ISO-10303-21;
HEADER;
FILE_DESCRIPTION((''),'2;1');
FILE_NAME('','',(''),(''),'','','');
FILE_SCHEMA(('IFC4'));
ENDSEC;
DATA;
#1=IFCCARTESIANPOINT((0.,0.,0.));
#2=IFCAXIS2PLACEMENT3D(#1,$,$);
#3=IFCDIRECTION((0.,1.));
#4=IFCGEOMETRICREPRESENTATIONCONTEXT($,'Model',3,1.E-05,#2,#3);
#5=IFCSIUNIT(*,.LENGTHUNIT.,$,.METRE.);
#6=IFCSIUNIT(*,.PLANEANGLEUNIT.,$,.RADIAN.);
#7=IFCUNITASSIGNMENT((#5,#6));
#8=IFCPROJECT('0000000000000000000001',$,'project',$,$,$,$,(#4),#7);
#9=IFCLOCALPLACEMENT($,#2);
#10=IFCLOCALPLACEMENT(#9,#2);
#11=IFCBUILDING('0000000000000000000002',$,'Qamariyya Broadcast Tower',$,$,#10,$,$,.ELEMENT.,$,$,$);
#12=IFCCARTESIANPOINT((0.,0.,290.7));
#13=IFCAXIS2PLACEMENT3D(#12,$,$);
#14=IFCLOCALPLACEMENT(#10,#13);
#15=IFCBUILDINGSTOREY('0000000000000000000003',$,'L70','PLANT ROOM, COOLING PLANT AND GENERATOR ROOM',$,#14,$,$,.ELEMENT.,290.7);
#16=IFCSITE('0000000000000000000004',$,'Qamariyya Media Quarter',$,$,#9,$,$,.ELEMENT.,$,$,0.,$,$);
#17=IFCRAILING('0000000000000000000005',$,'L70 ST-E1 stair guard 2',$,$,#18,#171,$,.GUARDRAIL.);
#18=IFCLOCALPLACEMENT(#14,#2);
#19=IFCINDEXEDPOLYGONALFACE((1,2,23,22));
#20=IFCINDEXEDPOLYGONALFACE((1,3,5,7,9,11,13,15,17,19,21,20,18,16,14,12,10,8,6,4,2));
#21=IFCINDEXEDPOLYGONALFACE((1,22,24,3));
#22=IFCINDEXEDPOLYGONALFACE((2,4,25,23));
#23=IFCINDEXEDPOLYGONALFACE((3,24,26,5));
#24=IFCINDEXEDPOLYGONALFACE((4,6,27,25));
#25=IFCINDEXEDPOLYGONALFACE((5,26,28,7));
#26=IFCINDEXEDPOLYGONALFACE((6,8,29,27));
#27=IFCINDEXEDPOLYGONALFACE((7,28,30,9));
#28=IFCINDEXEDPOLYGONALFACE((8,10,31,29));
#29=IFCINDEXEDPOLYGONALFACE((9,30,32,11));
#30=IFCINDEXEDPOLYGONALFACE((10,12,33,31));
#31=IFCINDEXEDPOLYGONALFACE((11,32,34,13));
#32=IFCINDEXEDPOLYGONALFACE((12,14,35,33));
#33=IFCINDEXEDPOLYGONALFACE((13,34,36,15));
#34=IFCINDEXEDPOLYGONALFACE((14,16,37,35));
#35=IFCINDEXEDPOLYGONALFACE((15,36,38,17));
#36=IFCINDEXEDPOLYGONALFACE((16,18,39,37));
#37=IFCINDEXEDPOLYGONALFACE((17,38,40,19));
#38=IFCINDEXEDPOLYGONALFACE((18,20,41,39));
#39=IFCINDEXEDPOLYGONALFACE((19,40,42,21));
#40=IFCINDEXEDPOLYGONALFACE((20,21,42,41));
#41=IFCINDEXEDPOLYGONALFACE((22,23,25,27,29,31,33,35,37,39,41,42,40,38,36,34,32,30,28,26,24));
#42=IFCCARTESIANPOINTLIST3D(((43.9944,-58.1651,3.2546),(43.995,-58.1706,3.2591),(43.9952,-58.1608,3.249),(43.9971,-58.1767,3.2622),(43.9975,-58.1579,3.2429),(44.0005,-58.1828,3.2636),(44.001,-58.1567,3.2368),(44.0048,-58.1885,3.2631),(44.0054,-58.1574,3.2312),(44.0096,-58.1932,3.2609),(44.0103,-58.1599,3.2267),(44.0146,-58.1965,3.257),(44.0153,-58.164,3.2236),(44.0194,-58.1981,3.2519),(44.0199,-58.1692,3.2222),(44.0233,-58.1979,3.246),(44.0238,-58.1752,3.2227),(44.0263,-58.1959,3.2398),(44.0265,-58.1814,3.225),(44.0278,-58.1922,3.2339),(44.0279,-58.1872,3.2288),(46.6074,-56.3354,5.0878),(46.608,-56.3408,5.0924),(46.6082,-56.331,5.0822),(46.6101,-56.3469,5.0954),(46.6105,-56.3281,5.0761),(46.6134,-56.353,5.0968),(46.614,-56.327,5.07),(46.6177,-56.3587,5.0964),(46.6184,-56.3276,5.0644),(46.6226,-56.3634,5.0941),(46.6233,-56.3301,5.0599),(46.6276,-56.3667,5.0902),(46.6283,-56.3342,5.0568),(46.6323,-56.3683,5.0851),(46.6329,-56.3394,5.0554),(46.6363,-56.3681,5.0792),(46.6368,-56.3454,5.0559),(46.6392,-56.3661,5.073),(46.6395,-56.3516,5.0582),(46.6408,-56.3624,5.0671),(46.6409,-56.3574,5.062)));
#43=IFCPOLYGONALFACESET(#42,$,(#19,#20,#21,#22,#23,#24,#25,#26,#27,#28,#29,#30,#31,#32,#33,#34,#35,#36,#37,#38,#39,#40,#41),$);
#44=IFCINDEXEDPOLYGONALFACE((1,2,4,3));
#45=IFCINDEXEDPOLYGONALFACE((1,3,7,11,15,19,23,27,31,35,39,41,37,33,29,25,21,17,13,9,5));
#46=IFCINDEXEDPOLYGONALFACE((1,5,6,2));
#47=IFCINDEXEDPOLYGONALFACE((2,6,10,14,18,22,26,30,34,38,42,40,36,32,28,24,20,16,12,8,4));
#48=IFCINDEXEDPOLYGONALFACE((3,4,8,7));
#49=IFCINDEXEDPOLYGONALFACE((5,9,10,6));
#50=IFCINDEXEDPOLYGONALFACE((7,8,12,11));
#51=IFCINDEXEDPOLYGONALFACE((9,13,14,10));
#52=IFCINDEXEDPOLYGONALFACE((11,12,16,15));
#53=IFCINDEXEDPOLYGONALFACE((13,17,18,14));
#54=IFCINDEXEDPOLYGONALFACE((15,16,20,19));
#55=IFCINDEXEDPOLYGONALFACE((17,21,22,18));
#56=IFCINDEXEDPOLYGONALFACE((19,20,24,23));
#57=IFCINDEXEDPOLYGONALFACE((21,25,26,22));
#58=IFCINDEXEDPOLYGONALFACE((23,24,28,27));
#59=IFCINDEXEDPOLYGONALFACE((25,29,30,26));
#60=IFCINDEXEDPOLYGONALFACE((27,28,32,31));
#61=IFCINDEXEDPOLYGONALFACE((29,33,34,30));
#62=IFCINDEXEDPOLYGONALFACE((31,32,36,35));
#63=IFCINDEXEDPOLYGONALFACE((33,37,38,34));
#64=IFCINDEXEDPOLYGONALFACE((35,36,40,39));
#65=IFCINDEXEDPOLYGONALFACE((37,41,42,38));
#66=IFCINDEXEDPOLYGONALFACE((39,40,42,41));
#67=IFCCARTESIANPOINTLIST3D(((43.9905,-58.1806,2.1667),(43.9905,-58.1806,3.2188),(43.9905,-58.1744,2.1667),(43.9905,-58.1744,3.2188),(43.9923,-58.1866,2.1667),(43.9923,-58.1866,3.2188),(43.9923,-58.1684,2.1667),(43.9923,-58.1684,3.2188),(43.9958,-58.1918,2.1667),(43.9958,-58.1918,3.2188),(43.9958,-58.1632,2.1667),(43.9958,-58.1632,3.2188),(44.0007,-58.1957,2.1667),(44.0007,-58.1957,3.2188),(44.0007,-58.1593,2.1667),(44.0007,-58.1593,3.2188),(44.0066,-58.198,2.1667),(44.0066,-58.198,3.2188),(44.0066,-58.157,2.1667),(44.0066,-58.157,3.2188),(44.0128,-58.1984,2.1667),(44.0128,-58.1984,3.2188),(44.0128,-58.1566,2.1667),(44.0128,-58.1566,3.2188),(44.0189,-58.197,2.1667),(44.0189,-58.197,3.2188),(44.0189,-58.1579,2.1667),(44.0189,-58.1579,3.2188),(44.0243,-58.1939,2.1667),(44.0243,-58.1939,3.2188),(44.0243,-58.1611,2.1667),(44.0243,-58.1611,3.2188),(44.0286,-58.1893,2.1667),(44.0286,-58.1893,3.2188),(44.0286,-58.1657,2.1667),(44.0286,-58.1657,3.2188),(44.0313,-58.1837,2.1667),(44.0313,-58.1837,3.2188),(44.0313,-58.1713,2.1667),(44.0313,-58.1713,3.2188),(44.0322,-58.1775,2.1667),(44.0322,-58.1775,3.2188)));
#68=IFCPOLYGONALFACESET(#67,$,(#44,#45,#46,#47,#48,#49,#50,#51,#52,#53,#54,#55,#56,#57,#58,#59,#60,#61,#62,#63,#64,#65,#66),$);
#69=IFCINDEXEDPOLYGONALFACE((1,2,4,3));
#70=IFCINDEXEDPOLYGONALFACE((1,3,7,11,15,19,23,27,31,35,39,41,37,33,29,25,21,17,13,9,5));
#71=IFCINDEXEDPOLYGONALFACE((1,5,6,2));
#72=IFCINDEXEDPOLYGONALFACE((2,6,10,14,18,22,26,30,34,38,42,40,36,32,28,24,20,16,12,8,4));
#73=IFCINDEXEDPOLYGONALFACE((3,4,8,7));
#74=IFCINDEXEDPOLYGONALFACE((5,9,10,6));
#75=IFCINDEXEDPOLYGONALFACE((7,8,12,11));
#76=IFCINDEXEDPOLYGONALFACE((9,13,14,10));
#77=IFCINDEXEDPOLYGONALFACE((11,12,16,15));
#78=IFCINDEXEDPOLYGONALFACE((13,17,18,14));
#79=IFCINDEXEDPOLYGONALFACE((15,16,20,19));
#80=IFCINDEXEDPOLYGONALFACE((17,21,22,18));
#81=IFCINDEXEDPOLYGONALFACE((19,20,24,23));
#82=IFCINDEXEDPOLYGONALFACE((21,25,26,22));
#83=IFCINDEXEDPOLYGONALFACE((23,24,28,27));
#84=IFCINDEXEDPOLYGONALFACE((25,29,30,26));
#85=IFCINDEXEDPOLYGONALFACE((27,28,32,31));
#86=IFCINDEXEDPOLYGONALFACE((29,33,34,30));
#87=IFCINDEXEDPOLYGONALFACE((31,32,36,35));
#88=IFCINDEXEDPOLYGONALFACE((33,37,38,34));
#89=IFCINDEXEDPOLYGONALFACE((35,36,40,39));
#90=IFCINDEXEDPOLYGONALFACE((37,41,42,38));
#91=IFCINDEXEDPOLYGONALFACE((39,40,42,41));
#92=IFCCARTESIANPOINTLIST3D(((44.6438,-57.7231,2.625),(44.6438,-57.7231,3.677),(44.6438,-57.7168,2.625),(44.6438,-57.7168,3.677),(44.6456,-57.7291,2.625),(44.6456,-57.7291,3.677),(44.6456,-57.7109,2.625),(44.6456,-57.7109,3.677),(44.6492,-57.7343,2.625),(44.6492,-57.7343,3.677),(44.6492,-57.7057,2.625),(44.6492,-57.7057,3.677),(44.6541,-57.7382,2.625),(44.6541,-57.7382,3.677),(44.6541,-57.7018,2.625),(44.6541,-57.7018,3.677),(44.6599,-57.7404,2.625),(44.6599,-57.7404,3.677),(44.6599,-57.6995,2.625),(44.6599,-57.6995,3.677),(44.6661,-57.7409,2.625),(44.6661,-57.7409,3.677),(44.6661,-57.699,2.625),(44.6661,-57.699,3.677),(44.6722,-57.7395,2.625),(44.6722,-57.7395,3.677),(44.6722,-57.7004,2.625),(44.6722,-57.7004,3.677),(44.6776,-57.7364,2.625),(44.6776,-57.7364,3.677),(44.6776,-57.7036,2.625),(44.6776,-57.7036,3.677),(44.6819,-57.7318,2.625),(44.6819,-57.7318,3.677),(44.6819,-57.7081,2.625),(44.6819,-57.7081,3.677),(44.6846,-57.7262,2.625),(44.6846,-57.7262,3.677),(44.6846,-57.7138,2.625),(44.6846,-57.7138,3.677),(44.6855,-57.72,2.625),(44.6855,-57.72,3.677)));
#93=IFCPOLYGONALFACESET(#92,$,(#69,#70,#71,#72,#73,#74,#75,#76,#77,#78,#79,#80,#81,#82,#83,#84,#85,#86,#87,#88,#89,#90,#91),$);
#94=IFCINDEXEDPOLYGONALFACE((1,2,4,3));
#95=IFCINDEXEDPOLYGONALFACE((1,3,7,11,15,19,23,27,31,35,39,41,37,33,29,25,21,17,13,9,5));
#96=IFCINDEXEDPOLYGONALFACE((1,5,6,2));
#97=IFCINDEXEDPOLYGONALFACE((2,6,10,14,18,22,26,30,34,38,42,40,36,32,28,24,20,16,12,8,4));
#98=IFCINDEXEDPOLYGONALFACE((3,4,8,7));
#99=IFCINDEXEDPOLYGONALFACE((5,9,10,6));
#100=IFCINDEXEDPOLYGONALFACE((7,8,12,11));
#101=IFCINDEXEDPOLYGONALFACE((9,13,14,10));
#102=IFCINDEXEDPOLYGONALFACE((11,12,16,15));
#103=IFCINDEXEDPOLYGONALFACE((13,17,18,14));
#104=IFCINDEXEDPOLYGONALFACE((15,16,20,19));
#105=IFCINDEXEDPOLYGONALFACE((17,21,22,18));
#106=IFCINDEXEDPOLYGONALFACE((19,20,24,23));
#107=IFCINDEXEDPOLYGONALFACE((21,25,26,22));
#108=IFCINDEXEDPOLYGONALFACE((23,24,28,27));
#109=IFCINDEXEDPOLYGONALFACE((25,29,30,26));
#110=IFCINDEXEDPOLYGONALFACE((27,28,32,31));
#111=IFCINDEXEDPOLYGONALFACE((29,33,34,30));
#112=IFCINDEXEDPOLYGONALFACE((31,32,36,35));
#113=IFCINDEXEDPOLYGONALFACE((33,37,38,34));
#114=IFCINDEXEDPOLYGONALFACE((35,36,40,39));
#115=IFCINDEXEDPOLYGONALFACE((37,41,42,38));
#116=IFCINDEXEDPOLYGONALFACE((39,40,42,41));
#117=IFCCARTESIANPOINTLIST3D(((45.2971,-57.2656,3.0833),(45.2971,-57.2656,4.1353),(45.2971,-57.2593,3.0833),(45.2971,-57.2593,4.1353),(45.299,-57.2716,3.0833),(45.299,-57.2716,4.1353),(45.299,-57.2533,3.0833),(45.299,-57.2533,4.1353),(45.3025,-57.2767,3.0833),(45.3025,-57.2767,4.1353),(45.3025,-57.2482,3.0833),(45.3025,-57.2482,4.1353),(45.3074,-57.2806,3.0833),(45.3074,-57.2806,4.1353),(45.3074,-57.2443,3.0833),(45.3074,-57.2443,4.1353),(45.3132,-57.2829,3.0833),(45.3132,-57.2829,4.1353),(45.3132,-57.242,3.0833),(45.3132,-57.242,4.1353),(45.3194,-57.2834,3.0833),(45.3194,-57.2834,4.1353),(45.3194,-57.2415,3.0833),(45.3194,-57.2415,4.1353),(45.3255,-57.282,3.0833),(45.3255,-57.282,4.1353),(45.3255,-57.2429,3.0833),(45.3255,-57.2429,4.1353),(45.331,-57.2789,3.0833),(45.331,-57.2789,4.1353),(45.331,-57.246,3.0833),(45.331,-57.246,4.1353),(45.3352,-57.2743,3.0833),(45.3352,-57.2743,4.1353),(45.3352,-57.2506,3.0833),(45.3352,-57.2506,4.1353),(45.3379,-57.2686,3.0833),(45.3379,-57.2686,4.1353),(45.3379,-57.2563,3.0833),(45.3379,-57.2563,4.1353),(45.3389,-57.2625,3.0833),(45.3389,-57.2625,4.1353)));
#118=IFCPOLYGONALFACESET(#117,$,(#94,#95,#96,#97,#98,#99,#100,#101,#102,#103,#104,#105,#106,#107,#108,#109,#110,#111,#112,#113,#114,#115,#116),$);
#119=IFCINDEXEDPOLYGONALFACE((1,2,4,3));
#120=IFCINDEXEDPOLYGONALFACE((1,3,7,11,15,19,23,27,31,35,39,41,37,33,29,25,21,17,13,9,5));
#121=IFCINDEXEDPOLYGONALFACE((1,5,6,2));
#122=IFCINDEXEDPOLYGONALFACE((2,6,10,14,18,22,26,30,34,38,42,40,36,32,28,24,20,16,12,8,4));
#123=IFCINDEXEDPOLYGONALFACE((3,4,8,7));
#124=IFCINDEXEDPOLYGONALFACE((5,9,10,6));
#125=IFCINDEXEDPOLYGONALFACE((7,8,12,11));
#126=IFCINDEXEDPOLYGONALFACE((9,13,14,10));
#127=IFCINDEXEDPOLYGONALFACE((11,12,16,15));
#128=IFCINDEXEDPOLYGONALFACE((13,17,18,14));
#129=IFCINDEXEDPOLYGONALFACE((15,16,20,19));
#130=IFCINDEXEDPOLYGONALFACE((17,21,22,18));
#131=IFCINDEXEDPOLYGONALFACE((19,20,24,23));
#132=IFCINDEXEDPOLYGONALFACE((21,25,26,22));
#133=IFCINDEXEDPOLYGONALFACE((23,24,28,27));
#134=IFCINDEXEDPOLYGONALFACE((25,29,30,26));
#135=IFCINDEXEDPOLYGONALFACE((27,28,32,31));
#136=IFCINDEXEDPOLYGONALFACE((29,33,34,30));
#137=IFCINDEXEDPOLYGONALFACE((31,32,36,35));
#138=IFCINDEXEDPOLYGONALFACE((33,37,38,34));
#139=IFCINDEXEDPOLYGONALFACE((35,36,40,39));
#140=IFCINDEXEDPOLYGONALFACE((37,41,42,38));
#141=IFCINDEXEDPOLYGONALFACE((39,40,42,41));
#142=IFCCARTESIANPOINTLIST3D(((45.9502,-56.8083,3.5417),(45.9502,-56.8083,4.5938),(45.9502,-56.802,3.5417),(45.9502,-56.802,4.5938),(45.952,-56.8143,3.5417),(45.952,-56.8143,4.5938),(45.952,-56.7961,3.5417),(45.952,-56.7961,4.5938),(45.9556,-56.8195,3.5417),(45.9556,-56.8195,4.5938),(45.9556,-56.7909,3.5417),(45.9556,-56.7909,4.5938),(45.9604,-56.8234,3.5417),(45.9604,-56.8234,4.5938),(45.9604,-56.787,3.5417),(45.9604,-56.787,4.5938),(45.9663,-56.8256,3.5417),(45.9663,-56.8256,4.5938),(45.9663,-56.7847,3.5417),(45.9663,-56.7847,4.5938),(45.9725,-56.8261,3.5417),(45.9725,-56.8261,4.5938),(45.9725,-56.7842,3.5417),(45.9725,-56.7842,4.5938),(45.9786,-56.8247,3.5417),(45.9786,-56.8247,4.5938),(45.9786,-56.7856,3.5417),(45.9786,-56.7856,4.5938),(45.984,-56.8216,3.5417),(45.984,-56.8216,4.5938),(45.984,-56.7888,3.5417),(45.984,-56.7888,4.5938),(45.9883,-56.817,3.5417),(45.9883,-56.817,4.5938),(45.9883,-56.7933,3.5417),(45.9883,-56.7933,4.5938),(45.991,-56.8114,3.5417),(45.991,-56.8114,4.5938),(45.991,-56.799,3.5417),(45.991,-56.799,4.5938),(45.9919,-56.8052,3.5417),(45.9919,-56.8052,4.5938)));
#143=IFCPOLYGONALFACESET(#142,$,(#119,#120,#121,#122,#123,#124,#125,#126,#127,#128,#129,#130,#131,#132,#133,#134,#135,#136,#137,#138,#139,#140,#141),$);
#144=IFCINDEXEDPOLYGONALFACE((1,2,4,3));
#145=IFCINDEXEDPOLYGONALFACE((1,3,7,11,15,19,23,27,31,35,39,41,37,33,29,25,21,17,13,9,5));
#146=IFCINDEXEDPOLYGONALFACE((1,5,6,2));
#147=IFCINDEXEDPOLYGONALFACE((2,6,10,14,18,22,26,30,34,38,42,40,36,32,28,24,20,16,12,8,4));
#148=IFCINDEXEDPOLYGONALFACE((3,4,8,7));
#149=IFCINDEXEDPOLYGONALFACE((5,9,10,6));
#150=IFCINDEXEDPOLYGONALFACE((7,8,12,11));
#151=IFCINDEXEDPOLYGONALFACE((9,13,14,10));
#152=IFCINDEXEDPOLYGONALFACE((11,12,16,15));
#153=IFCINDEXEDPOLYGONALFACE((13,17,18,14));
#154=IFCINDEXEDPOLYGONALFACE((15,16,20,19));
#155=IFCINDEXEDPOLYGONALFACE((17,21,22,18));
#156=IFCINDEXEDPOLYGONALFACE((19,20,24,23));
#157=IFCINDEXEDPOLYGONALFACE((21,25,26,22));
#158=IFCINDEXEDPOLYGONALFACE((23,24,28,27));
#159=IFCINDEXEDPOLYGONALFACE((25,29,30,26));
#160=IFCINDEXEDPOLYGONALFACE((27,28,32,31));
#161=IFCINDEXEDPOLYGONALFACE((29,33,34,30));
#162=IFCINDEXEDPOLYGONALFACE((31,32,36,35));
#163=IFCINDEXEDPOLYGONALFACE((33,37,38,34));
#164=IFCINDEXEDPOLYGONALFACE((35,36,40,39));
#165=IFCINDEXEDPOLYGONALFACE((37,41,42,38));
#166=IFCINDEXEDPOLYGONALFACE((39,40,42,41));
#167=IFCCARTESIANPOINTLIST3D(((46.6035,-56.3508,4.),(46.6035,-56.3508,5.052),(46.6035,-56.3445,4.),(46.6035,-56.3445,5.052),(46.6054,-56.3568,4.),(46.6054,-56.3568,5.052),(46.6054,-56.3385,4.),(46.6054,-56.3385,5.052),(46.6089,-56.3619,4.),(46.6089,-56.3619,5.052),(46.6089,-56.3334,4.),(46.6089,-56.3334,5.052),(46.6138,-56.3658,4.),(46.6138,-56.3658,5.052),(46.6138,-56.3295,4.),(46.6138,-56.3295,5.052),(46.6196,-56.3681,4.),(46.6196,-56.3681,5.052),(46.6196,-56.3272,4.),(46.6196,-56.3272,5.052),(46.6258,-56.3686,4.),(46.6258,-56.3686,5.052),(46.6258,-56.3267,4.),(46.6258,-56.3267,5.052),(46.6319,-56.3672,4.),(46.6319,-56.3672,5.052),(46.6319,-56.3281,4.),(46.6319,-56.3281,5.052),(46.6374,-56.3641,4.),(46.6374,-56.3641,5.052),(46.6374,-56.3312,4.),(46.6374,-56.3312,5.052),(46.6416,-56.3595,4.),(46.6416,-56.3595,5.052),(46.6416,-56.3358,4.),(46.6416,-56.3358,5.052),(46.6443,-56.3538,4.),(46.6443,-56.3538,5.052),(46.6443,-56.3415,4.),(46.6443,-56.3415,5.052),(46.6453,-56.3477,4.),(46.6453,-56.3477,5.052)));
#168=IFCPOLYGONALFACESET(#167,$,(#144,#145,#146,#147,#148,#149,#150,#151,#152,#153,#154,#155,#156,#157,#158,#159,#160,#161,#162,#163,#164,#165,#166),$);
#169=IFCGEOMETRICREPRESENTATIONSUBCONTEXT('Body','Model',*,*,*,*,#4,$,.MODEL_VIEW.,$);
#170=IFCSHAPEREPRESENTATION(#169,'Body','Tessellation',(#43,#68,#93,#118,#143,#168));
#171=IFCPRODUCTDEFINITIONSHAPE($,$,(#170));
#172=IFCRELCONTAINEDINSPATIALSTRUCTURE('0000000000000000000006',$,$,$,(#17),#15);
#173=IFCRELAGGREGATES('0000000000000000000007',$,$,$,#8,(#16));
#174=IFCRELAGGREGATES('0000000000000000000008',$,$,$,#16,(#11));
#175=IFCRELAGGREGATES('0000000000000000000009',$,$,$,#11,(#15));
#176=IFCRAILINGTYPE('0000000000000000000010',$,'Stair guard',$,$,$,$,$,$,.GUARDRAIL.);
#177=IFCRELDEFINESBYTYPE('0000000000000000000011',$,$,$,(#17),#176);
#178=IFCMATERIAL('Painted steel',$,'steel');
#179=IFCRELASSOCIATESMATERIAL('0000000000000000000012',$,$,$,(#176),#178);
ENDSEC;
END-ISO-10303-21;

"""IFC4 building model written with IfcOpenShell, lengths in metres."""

from ifc_helpers import new_model, si_unit, direction, frame, origin, origin_2d, place, context, subcontext, project, spatial, circle, extrude, material, type_object, element, save


model = new_model("IFC4")

# Units and contexts
model_context = context("Model", 3, precision=1e-05, world=origin(), true_north=direction((0.0, 1.0)))
body_context = subcontext(model_context, "Body", "Model", "MODEL_VIEW")
ifc_project = project(units=[si_unit("LENGTHUNIT", "METRE"), si_unit("PLANEANGLEUNIT", "RADIAN")], contexts=[model_context])

# Site, building, storey
site_placement = place(None, origin())
site = spatial("IfcSite", under=ifc_project, at=site_placement, Name="Qamariyya Media Quarter", CompositionType="ELEMENT", RefElevation=0.0)
building_placement = place(site_placement, origin())
building = spatial("IfcBuilding", under=site, at=building_placement, Name="Qamariyya Broadcast Tower", CompositionType="ELEMENT")
storey_placement = place(building_placement, frame((0.0, 0.0, 290.7)))
storey = spatial("IfcBuildingStorey", under=building, at=storey_placement, Name="L70", Description="PLANT ROOM, COOLING PLANT AND GENERATOR ROOM", CompositionType="ELEMENT", Elevation=290.7)

# Railing
ifc_material_1 = material(Name="Painted steel", Category="steel")
railing_type_1 = type_object("IfcRailingType", Name="Stair guard", PredefinedType="GUARDRAIL", material=ifc_material_1)
railing_1_placement = place(storey_placement, frame((44.0112, -58.1775, 2.1667)))
element("IfcRailing", 1, at=railing_1_placement, inside=storey, type_object=railing_type_1, Name="L70 ST-E1 stair guard 2", PredefinedType="GUARDRAIL", context=body_context, shape_type="SweptSolid", body=[
    extrude(circle(Radius=0.0239, at=origin_2d()), frame((0.0, 0.0, 1.0762), z_axis=(0.710204, 0.497335, 0.498264), x_axis=(-0.573611, 0.819128, 0.0)), (0.0, 0.0, 1.0), 3.6792),
    extrude(circle(Radius=0.021, at=origin_2d()), origin(), (0.0, 0.0, 1.0), 1.052),
    extrude(circle(Radius=0.021, at=origin_2d()), frame((0.6533, 0.4575, 0.4583)), (0.0, 0.0, 1.0), 1.052),
    extrude(circle(Radius=0.021, at=origin_2d()), frame((1.3066, 0.915, 0.9165)), (0.0, 0.0, 1.0), 1.052),
    extrude(circle(Radius=0.021, at=origin_2d()), frame((1.9597, 1.3723, 1.375)), (0.0, 0.0, 1.0), 1.052),
    extrude(circle(Radius=0.021, at=origin_2d()), frame((2.613, 1.8298, 1.8333)), (0.0, 0.0, 1.0), 1.052),
])

save(model, "model.ifc")
